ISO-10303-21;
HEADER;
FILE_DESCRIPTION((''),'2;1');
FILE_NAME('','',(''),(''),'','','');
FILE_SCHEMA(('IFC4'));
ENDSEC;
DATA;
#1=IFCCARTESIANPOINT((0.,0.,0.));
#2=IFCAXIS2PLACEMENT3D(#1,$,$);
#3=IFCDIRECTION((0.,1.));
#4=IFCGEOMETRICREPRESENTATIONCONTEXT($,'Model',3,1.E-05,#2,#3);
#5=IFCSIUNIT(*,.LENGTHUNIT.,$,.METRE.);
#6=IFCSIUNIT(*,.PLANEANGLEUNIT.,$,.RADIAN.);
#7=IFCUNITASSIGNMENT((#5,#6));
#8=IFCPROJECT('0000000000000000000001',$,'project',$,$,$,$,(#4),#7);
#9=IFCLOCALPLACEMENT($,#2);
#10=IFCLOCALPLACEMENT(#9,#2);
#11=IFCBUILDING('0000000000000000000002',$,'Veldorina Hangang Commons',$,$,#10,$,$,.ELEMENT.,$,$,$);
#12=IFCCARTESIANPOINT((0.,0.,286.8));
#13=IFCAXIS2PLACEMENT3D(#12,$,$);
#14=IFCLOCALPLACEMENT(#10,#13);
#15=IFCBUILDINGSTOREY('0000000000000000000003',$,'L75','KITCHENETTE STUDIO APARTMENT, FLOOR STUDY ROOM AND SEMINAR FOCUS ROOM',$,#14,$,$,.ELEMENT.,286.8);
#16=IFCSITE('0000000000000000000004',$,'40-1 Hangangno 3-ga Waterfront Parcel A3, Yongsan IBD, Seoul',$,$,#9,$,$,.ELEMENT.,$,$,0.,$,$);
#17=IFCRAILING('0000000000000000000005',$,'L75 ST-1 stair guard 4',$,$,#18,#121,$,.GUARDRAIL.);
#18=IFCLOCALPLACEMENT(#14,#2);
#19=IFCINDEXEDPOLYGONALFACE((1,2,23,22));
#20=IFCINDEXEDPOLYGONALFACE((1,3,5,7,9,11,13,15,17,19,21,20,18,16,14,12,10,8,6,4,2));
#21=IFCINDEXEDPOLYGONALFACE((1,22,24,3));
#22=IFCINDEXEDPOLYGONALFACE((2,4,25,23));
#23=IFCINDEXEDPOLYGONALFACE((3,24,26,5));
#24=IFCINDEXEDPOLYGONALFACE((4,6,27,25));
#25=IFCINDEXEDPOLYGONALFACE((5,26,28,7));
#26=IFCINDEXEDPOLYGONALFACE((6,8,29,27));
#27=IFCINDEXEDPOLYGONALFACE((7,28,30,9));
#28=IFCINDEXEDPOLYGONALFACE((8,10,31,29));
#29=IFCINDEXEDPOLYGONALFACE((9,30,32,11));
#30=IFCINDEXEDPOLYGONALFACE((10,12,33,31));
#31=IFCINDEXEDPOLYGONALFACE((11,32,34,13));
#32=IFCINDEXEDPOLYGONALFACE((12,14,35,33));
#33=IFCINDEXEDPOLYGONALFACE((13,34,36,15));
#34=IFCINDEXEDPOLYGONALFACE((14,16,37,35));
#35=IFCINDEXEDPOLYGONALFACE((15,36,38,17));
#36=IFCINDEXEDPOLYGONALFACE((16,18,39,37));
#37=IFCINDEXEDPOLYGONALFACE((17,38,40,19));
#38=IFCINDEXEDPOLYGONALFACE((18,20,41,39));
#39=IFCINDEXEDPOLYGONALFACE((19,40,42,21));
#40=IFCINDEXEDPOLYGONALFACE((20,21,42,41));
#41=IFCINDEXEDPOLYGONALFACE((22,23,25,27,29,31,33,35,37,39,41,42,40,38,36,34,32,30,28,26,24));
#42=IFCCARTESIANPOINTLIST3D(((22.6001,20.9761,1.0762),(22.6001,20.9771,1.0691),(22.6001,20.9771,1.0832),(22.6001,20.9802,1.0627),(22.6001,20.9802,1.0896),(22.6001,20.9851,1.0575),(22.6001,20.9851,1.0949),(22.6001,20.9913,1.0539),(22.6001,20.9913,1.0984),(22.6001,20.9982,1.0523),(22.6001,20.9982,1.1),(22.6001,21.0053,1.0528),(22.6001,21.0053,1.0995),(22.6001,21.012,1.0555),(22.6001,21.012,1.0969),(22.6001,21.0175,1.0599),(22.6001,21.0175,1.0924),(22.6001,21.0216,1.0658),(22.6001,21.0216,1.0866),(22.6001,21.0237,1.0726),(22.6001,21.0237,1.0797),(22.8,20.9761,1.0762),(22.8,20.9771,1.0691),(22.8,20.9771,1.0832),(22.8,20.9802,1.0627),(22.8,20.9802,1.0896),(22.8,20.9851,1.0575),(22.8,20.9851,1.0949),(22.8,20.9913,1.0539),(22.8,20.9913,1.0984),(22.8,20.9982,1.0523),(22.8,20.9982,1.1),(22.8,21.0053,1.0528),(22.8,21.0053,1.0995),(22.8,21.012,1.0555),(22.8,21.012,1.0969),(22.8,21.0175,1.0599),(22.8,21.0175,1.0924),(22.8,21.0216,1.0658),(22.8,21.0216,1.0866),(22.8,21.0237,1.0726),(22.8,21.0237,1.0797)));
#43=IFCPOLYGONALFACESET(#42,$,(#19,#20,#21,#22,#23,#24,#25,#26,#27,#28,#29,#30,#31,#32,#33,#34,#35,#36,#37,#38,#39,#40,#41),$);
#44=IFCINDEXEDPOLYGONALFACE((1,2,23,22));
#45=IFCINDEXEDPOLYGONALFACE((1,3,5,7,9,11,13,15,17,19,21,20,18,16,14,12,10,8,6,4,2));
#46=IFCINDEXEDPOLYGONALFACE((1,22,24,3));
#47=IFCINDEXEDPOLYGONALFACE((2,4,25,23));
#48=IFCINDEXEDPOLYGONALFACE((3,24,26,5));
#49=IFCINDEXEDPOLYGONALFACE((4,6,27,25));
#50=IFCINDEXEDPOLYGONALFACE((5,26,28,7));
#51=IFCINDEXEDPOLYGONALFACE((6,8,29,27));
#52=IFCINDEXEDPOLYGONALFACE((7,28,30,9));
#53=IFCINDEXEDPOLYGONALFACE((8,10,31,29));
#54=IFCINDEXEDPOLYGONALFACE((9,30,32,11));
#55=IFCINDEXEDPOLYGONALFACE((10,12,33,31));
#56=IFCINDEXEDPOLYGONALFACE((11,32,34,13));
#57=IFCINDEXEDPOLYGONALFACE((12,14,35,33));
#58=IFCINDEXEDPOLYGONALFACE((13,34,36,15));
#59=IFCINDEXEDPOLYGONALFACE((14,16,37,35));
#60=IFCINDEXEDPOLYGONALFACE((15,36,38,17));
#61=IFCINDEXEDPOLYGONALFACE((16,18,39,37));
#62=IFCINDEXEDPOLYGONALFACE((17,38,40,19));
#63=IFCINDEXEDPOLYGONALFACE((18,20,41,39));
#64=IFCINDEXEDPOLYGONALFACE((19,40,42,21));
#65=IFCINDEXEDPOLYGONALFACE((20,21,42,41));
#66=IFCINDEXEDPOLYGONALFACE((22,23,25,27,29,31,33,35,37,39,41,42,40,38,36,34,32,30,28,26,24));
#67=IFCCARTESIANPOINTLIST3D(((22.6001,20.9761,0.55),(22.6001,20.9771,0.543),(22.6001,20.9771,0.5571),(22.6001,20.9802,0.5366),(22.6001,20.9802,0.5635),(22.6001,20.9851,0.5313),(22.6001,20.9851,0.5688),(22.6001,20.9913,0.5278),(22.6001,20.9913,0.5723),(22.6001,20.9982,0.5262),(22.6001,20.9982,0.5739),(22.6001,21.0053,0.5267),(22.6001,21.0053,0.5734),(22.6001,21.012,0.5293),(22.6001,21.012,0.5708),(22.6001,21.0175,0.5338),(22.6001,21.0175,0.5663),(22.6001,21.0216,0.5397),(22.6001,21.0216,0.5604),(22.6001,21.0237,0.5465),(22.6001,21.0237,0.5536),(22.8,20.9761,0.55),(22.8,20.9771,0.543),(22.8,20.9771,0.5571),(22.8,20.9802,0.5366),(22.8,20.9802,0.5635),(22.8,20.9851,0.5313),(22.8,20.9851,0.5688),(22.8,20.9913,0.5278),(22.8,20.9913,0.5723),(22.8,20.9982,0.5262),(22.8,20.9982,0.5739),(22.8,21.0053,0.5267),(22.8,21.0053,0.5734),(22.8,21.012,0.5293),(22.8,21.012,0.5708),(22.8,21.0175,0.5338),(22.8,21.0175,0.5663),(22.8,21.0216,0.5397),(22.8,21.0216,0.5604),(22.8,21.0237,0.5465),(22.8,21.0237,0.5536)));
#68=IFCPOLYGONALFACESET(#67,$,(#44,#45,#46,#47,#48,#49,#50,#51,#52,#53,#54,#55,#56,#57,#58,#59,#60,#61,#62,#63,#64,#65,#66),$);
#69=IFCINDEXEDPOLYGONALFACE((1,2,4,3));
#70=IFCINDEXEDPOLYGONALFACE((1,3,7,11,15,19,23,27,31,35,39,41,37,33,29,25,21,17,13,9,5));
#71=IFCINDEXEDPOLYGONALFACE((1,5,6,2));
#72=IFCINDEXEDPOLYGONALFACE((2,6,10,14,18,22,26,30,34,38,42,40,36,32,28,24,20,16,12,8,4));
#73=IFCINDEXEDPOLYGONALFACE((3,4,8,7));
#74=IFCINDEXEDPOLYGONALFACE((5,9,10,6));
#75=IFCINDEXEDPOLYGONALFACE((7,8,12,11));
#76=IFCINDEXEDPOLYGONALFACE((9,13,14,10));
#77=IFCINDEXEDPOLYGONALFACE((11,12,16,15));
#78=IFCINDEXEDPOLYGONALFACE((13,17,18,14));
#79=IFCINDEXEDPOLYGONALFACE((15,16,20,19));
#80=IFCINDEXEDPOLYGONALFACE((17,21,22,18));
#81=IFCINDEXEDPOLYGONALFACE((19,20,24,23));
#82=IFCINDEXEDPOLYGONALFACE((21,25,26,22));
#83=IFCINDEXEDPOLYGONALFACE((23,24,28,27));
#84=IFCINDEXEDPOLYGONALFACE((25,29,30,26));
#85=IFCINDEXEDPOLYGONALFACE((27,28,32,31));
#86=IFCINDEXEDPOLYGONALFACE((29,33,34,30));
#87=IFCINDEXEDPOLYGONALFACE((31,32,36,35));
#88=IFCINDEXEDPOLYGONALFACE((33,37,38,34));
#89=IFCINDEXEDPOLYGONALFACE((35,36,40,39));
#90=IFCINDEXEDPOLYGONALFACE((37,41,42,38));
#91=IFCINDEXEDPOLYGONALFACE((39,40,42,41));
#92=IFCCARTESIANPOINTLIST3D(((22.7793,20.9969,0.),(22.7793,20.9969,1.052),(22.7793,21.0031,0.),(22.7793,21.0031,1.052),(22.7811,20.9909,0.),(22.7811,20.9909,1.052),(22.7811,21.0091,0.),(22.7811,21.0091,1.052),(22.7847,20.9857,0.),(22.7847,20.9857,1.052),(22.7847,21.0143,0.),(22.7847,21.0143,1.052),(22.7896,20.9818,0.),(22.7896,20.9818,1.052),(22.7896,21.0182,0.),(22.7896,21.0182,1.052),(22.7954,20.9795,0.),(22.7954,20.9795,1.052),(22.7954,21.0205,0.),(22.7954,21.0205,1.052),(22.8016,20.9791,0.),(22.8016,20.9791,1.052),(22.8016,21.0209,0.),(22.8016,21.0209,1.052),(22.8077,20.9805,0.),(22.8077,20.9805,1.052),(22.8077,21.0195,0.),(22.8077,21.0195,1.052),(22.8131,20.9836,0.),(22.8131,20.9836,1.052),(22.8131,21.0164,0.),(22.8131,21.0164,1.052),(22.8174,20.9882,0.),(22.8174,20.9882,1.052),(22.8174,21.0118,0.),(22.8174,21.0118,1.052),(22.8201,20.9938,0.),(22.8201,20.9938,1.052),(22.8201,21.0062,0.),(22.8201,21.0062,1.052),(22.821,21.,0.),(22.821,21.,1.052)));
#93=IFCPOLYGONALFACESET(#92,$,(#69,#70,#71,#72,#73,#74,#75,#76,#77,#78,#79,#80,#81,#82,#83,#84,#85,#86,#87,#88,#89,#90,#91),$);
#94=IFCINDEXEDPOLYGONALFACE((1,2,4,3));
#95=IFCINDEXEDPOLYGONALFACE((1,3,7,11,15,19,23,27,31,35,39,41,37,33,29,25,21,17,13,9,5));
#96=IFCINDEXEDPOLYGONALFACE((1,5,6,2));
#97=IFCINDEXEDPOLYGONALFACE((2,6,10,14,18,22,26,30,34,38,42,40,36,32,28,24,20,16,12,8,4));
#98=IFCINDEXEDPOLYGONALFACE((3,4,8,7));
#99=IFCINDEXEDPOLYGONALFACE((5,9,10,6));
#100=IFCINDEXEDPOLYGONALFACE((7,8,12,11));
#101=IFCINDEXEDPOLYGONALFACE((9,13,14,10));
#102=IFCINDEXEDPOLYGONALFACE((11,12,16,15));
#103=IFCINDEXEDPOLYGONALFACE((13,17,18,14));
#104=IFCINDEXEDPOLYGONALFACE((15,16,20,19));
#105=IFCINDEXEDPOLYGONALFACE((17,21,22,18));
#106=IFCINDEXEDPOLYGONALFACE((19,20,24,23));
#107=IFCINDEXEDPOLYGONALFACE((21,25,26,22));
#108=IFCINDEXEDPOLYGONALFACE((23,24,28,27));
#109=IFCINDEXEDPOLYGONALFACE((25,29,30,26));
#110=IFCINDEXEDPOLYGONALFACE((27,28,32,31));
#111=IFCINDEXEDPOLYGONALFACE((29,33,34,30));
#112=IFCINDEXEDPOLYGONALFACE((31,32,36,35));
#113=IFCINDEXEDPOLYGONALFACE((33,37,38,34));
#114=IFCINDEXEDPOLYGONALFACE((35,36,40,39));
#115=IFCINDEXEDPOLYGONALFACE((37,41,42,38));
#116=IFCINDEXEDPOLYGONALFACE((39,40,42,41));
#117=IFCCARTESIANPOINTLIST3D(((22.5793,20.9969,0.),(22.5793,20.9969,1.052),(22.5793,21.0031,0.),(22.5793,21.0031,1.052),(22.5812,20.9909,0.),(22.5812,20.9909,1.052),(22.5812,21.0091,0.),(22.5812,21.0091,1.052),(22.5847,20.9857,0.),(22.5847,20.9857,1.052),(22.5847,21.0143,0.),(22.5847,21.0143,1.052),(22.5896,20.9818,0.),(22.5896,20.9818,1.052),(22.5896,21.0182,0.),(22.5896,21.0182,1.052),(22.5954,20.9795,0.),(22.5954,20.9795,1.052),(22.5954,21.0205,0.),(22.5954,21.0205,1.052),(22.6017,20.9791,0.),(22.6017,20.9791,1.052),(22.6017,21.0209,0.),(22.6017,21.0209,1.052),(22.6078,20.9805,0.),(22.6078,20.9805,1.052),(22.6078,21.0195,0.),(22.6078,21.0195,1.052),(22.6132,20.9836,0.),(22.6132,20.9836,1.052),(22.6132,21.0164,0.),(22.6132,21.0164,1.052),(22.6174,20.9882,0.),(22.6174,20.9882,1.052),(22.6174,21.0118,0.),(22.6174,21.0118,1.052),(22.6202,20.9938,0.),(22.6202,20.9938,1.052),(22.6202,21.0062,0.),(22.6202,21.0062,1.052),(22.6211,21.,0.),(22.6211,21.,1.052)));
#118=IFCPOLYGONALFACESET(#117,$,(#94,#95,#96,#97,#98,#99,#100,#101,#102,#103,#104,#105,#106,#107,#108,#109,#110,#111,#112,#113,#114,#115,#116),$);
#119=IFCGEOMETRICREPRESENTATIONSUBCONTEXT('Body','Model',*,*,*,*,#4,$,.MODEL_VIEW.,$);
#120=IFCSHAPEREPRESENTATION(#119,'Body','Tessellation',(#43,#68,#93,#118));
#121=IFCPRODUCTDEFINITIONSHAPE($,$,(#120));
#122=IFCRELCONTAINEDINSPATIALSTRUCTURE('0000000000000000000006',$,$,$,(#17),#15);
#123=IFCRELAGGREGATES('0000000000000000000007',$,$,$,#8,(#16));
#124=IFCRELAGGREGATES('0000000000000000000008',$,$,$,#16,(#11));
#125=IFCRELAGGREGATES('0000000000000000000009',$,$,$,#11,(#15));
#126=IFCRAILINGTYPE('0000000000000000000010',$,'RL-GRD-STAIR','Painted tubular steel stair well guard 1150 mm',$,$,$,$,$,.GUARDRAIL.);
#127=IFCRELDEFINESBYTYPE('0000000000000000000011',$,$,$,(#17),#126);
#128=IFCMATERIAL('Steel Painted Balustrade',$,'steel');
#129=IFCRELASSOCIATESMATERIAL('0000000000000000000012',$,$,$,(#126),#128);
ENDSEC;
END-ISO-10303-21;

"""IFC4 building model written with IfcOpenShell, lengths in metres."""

from ifc_helpers import new_model, si_unit, direction, frame, origin, origin_2d, place, context, subcontext, project, spatial, circle, extrude, material, type_object, element, save


model = new_model("IFC4")

# Units and contexts
model_context = context("Model", 3, precision=1e-05, world=origin(), true_north=direction((0.0, 1.0)))
body_context = subcontext(model_context, "Body", "Model", "MODEL_VIEW")
ifc_project = project(units=[si_unit("LENGTHUNIT", "METRE"), si_unit("PLANEANGLEUNIT", "RADIAN")], contexts=[model_context])

# Site, building, storey
site_placement = place(None, origin())
site = spatial("IfcSite", under=ifc_project, at=site_placement, Name="40-1 Hangangno 3-ga Waterfront Parcel A3, Yongsan IBD, Seoul", CompositionType="ELEMENT", RefElevation=0.0)
building_placement = place(site_placement, origin())
building = spatial("IfcBuilding", under=site, at=building_placement, Name="Veldorina Hangang Commons", CompositionType="ELEMENT")
storey_placement = place(building_placement, frame((0.0, 0.0, 286.8)))
storey = spatial("IfcBuildingStorey", under=building, at=storey_placement, Name="L75", Description="KITCHENETTE STUDIO APARTMENT, FLOOR STUDY ROOM AND SEMINAR FOCUS ROOM", CompositionType="ELEMENT", Elevation=286.8)

# Railing
ifc_material_1 = material(Name="Steel Painted Balustrade", Category="steel")
railing_type_1 = type_object("IfcRailingType", Name="RL-GRD-STAIR", Description="Painted tubular steel stair well guard 1150 mm", PredefinedType="GUARDRAIL", material=ifc_material_1)
railing_1_placement = place(storey_placement, frame((22.8, 21.0, 0.0)))
element("IfcRailing", 1, at=railing_1_placement, inside=storey, type_object=railing_type_1, Name="L75 ST-1 stair guard 4", PredefinedType="GUARDRAIL", context=body_context, shape_type="SweptSolid", body=[
    extrude(circle(Radius=0.0239, at=origin_2d()), frame((0.0, 0.0, 1.0762), z_axis=(-1.0, 0.0, 0.0), x_axis=(0.0, -1.0, 0.0)), (0.0, 0.0, 1.0), 0.2),
    extrude(circle(Radius=0.0239, at=origin_2d()), frame((0.0, 0.0, 0.55), z_axis=(-1.0, 0.0, 0.0), x_axis=(0.0, -1.0, 0.0)), (0.0, 0.0, 1.0), 0.2),
    extrude(circle(Radius=0.021, at=origin_2d()), origin(), (0.0, 0.0, 1.0), 1.052),
    extrude(circle(Radius=0.021, at=origin_2d()), frame((-0.2, 0.0, 0.0)), (0.0, 0.0, 1.0), 1.052),
])

save(model, "model.ifc")
